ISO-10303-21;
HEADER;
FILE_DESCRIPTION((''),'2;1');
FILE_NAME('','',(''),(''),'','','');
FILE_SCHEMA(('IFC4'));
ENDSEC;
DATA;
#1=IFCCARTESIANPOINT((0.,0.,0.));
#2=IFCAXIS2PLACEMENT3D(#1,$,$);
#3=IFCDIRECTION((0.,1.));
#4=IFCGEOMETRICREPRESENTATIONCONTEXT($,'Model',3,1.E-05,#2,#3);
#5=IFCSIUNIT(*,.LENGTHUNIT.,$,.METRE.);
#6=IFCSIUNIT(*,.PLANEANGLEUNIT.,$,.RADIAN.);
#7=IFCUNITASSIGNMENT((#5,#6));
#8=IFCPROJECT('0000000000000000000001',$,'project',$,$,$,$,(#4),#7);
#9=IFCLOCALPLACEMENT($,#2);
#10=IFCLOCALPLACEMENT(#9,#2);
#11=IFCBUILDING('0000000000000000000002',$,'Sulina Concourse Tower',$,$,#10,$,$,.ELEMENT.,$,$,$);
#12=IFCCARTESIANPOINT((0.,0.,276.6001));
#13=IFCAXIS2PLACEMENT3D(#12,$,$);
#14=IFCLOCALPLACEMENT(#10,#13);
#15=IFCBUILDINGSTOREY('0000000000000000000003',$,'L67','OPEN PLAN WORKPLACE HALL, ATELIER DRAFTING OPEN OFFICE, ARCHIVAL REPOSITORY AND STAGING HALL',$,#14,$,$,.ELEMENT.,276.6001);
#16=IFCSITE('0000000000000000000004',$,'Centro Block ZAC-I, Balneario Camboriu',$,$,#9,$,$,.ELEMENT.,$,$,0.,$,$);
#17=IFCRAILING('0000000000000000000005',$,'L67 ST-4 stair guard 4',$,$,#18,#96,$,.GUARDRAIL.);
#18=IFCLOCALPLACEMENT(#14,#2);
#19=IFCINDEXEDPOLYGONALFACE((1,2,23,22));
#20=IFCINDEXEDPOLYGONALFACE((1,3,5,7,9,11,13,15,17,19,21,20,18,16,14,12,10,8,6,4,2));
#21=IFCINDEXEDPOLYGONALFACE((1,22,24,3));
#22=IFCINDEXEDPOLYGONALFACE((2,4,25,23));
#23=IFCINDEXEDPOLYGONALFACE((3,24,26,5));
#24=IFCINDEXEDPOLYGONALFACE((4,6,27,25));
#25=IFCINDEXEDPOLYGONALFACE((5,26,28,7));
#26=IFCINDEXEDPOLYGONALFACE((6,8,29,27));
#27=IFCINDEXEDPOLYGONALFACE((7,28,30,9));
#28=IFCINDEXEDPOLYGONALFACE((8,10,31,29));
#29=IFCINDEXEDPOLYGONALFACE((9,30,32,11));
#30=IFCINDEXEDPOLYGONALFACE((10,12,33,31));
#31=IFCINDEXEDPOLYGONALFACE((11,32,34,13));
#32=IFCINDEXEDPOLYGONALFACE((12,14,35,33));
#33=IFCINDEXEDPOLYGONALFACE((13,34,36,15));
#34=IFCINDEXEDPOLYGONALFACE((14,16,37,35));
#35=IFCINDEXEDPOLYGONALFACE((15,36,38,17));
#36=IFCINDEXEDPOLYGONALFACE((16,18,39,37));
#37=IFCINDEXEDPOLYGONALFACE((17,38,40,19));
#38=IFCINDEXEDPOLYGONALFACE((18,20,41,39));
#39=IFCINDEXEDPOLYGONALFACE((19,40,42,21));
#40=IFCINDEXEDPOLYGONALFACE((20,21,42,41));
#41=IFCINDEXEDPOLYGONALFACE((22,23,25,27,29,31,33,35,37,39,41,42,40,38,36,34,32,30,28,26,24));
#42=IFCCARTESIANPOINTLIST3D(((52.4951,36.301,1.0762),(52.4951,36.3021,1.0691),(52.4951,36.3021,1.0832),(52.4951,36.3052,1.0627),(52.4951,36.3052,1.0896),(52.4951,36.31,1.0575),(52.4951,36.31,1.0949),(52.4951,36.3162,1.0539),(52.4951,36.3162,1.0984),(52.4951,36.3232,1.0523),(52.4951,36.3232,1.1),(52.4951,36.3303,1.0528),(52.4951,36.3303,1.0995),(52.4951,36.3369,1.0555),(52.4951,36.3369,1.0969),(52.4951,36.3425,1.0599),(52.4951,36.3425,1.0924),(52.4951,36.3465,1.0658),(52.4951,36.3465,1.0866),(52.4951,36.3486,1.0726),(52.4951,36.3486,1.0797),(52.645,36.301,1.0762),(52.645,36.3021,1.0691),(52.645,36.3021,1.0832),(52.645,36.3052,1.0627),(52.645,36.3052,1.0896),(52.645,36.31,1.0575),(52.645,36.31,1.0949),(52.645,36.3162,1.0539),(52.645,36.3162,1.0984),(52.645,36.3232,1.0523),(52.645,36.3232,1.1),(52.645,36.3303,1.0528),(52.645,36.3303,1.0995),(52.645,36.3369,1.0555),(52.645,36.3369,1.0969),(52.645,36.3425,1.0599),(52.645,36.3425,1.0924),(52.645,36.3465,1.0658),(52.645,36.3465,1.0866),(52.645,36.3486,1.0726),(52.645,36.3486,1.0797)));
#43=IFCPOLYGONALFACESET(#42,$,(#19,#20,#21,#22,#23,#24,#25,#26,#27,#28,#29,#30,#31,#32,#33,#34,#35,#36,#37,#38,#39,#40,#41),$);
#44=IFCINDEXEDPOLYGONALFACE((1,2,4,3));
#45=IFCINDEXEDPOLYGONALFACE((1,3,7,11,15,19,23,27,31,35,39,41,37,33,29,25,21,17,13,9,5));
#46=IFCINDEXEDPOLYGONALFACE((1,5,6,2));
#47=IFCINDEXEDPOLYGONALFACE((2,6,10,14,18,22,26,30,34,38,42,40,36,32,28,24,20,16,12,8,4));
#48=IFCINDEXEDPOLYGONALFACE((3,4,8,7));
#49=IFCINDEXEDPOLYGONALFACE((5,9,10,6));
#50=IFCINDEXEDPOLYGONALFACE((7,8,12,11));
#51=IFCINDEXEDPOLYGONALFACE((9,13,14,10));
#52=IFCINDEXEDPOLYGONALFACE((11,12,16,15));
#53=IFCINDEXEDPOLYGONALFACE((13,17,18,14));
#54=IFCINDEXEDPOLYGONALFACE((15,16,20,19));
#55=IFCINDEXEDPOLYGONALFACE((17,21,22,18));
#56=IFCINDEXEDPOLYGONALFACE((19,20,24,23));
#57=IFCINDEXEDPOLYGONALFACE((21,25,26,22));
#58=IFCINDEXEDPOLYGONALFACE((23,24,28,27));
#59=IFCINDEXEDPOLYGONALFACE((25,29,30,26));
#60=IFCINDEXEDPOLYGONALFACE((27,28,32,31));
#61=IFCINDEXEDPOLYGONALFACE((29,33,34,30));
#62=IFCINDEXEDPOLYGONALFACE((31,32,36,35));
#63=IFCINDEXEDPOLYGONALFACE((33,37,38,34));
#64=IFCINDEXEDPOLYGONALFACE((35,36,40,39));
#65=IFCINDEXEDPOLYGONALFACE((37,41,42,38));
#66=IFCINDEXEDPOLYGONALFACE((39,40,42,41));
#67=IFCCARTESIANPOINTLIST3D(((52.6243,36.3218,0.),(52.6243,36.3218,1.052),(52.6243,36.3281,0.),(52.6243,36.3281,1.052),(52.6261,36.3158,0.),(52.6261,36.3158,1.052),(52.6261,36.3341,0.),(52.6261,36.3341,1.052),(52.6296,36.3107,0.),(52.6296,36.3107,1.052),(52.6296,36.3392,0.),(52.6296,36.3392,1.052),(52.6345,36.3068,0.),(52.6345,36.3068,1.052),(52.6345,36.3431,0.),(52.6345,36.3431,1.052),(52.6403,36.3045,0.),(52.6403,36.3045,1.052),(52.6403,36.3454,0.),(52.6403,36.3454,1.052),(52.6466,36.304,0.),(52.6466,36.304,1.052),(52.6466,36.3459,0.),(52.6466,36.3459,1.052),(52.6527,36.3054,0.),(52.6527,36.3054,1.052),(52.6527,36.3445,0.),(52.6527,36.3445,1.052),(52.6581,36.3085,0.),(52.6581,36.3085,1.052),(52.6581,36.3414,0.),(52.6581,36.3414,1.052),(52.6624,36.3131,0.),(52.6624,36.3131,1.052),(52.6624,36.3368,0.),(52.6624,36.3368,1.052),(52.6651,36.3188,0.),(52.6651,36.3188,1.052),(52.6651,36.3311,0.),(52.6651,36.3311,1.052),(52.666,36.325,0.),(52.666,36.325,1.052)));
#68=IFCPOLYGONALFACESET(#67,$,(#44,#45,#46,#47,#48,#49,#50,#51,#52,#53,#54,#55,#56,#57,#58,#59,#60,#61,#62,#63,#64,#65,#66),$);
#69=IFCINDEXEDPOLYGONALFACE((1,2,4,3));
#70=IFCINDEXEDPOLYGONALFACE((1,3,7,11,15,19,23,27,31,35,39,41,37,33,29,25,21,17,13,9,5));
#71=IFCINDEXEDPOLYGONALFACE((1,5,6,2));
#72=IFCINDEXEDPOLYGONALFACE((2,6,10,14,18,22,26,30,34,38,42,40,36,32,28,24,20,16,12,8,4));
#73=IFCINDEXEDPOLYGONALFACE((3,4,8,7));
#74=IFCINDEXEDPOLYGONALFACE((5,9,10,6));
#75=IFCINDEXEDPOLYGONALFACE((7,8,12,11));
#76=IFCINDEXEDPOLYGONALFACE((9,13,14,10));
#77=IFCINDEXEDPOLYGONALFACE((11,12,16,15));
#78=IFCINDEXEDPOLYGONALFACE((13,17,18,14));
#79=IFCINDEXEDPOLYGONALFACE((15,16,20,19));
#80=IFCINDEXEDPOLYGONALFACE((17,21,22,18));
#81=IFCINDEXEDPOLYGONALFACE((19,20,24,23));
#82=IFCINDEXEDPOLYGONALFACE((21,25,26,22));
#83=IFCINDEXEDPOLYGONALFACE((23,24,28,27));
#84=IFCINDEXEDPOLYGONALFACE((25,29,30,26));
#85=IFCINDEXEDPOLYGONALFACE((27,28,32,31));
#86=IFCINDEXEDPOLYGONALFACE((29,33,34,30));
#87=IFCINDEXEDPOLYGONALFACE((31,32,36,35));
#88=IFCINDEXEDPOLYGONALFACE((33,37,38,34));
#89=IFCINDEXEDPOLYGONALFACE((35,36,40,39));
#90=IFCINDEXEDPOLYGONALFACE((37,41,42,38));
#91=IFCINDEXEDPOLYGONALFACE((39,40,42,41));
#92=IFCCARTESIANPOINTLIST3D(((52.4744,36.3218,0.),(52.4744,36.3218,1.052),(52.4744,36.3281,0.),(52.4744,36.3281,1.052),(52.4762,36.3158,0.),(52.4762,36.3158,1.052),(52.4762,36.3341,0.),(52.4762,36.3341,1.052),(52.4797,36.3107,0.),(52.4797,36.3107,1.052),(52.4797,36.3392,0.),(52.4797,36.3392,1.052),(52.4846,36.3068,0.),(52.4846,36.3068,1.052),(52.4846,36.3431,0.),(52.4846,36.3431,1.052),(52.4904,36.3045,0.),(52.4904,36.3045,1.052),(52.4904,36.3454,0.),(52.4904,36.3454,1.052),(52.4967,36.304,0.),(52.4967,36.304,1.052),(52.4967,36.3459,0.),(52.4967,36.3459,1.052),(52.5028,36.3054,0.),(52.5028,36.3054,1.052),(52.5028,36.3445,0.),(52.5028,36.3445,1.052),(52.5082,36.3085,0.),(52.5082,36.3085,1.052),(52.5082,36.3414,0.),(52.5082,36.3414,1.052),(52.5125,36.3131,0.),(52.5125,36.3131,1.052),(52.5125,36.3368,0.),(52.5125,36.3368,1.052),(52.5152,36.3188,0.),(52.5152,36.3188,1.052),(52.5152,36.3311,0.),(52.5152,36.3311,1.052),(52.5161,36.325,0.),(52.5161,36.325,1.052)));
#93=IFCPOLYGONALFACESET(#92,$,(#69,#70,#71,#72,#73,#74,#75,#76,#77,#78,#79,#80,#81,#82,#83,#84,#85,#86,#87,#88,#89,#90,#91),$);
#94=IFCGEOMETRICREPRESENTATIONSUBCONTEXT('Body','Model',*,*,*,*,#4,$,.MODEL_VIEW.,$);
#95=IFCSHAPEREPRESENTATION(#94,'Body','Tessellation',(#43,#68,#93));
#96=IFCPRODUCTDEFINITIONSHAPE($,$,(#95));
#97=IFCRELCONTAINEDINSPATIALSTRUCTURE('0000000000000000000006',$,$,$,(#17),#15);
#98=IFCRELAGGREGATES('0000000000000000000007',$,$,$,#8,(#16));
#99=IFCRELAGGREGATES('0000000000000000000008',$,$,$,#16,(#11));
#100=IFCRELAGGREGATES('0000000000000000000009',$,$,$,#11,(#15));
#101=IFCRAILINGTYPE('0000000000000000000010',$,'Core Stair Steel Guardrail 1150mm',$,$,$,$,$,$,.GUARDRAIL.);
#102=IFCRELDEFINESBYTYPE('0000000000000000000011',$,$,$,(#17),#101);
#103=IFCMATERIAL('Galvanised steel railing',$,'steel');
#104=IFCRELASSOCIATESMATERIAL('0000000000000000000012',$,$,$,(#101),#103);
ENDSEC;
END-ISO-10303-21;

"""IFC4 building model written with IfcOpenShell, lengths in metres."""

from ifc_helpers import new_model, si_unit, direction, frame, origin, origin_2d, place, context, subcontext, project, spatial, circle, extrude, material, type_object, element, save


model = new_model("IFC4")

# Units and contexts
model_context = context("Model", 3, precision=1e-05, world=origin(), true_north=direction((0.0, 1.0)))
body_context = subcontext(model_context, "Body", "Model", "MODEL_VIEW")
ifc_project = project(units=[si_unit("LENGTHUNIT", "METRE"), si_unit("PLANEANGLEUNIT", "RADIAN")], contexts=[model_context])

# Site, building, storey
site_placement = place(None, origin())
site = spatial("IfcSite", under=ifc_project, at=site_placement, Name="Centro Block ZAC-I, Balneario Camboriu", CompositionType="ELEMENT", RefElevation=0.0)
building_placement = place(site_placement, origin())
building = spatial("IfcBuilding", under=site, at=building_placement, Name="Sulina Concourse Tower", CompositionType="ELEMENT")
storey_placement = place(building_placement, frame((0.0, 0.0, 276.6001)))
storey = spatial("IfcBuildingStorey", under=building, at=storey_placement, Name="L67", Description="OPEN PLAN WORKPLACE HALL, ATELIER DRAFTING OPEN OFFICE, ARCHIVAL REPOSITORY AND STAGING HALL", CompositionType="ELEMENT", Elevation=276.6001)

# Railing
ifc_material_1 = material(Name="Galvanised steel railing", Category="steel")
railing_type_1 = type_object("IfcRailingType", Name="Core Stair Steel Guardrail 1150mm", PredefinedType="GUARDRAIL", material=ifc_material_1)
railing_1_placement = place(storey_placement, frame((52.645, 36.325, 0.0)))
element("IfcRailing", 1, at=railing_1_placement, inside=storey, type_object=railing_type_1, Name="L67 ST-4 stair guard 4", PredefinedType="GUARDRAIL", context=body_context, shape_type="SweptSolid", body=[
    extrude(circle(Radius=0.0239, at=origin_2d()), frame((0.0, 0.0, 1.0762), z_axis=(-1.0, 0.0, 0.0), x_axis=(0.0, -1.0, 0.0)), (0.0, 0.0, 1.0), 0.1499),
    extrude(circle(Radius=0.021, at=origin_2d()), origin(), (0.0, 0.0, 1.0), 1.052),
    extrude(circle(Radius=0.021, at=origin_2d()), frame((-0.1499, 0.0, 0.0)), (0.0, 0.0, 1.0), 1.052),
])

save(model, "model.ifc")
